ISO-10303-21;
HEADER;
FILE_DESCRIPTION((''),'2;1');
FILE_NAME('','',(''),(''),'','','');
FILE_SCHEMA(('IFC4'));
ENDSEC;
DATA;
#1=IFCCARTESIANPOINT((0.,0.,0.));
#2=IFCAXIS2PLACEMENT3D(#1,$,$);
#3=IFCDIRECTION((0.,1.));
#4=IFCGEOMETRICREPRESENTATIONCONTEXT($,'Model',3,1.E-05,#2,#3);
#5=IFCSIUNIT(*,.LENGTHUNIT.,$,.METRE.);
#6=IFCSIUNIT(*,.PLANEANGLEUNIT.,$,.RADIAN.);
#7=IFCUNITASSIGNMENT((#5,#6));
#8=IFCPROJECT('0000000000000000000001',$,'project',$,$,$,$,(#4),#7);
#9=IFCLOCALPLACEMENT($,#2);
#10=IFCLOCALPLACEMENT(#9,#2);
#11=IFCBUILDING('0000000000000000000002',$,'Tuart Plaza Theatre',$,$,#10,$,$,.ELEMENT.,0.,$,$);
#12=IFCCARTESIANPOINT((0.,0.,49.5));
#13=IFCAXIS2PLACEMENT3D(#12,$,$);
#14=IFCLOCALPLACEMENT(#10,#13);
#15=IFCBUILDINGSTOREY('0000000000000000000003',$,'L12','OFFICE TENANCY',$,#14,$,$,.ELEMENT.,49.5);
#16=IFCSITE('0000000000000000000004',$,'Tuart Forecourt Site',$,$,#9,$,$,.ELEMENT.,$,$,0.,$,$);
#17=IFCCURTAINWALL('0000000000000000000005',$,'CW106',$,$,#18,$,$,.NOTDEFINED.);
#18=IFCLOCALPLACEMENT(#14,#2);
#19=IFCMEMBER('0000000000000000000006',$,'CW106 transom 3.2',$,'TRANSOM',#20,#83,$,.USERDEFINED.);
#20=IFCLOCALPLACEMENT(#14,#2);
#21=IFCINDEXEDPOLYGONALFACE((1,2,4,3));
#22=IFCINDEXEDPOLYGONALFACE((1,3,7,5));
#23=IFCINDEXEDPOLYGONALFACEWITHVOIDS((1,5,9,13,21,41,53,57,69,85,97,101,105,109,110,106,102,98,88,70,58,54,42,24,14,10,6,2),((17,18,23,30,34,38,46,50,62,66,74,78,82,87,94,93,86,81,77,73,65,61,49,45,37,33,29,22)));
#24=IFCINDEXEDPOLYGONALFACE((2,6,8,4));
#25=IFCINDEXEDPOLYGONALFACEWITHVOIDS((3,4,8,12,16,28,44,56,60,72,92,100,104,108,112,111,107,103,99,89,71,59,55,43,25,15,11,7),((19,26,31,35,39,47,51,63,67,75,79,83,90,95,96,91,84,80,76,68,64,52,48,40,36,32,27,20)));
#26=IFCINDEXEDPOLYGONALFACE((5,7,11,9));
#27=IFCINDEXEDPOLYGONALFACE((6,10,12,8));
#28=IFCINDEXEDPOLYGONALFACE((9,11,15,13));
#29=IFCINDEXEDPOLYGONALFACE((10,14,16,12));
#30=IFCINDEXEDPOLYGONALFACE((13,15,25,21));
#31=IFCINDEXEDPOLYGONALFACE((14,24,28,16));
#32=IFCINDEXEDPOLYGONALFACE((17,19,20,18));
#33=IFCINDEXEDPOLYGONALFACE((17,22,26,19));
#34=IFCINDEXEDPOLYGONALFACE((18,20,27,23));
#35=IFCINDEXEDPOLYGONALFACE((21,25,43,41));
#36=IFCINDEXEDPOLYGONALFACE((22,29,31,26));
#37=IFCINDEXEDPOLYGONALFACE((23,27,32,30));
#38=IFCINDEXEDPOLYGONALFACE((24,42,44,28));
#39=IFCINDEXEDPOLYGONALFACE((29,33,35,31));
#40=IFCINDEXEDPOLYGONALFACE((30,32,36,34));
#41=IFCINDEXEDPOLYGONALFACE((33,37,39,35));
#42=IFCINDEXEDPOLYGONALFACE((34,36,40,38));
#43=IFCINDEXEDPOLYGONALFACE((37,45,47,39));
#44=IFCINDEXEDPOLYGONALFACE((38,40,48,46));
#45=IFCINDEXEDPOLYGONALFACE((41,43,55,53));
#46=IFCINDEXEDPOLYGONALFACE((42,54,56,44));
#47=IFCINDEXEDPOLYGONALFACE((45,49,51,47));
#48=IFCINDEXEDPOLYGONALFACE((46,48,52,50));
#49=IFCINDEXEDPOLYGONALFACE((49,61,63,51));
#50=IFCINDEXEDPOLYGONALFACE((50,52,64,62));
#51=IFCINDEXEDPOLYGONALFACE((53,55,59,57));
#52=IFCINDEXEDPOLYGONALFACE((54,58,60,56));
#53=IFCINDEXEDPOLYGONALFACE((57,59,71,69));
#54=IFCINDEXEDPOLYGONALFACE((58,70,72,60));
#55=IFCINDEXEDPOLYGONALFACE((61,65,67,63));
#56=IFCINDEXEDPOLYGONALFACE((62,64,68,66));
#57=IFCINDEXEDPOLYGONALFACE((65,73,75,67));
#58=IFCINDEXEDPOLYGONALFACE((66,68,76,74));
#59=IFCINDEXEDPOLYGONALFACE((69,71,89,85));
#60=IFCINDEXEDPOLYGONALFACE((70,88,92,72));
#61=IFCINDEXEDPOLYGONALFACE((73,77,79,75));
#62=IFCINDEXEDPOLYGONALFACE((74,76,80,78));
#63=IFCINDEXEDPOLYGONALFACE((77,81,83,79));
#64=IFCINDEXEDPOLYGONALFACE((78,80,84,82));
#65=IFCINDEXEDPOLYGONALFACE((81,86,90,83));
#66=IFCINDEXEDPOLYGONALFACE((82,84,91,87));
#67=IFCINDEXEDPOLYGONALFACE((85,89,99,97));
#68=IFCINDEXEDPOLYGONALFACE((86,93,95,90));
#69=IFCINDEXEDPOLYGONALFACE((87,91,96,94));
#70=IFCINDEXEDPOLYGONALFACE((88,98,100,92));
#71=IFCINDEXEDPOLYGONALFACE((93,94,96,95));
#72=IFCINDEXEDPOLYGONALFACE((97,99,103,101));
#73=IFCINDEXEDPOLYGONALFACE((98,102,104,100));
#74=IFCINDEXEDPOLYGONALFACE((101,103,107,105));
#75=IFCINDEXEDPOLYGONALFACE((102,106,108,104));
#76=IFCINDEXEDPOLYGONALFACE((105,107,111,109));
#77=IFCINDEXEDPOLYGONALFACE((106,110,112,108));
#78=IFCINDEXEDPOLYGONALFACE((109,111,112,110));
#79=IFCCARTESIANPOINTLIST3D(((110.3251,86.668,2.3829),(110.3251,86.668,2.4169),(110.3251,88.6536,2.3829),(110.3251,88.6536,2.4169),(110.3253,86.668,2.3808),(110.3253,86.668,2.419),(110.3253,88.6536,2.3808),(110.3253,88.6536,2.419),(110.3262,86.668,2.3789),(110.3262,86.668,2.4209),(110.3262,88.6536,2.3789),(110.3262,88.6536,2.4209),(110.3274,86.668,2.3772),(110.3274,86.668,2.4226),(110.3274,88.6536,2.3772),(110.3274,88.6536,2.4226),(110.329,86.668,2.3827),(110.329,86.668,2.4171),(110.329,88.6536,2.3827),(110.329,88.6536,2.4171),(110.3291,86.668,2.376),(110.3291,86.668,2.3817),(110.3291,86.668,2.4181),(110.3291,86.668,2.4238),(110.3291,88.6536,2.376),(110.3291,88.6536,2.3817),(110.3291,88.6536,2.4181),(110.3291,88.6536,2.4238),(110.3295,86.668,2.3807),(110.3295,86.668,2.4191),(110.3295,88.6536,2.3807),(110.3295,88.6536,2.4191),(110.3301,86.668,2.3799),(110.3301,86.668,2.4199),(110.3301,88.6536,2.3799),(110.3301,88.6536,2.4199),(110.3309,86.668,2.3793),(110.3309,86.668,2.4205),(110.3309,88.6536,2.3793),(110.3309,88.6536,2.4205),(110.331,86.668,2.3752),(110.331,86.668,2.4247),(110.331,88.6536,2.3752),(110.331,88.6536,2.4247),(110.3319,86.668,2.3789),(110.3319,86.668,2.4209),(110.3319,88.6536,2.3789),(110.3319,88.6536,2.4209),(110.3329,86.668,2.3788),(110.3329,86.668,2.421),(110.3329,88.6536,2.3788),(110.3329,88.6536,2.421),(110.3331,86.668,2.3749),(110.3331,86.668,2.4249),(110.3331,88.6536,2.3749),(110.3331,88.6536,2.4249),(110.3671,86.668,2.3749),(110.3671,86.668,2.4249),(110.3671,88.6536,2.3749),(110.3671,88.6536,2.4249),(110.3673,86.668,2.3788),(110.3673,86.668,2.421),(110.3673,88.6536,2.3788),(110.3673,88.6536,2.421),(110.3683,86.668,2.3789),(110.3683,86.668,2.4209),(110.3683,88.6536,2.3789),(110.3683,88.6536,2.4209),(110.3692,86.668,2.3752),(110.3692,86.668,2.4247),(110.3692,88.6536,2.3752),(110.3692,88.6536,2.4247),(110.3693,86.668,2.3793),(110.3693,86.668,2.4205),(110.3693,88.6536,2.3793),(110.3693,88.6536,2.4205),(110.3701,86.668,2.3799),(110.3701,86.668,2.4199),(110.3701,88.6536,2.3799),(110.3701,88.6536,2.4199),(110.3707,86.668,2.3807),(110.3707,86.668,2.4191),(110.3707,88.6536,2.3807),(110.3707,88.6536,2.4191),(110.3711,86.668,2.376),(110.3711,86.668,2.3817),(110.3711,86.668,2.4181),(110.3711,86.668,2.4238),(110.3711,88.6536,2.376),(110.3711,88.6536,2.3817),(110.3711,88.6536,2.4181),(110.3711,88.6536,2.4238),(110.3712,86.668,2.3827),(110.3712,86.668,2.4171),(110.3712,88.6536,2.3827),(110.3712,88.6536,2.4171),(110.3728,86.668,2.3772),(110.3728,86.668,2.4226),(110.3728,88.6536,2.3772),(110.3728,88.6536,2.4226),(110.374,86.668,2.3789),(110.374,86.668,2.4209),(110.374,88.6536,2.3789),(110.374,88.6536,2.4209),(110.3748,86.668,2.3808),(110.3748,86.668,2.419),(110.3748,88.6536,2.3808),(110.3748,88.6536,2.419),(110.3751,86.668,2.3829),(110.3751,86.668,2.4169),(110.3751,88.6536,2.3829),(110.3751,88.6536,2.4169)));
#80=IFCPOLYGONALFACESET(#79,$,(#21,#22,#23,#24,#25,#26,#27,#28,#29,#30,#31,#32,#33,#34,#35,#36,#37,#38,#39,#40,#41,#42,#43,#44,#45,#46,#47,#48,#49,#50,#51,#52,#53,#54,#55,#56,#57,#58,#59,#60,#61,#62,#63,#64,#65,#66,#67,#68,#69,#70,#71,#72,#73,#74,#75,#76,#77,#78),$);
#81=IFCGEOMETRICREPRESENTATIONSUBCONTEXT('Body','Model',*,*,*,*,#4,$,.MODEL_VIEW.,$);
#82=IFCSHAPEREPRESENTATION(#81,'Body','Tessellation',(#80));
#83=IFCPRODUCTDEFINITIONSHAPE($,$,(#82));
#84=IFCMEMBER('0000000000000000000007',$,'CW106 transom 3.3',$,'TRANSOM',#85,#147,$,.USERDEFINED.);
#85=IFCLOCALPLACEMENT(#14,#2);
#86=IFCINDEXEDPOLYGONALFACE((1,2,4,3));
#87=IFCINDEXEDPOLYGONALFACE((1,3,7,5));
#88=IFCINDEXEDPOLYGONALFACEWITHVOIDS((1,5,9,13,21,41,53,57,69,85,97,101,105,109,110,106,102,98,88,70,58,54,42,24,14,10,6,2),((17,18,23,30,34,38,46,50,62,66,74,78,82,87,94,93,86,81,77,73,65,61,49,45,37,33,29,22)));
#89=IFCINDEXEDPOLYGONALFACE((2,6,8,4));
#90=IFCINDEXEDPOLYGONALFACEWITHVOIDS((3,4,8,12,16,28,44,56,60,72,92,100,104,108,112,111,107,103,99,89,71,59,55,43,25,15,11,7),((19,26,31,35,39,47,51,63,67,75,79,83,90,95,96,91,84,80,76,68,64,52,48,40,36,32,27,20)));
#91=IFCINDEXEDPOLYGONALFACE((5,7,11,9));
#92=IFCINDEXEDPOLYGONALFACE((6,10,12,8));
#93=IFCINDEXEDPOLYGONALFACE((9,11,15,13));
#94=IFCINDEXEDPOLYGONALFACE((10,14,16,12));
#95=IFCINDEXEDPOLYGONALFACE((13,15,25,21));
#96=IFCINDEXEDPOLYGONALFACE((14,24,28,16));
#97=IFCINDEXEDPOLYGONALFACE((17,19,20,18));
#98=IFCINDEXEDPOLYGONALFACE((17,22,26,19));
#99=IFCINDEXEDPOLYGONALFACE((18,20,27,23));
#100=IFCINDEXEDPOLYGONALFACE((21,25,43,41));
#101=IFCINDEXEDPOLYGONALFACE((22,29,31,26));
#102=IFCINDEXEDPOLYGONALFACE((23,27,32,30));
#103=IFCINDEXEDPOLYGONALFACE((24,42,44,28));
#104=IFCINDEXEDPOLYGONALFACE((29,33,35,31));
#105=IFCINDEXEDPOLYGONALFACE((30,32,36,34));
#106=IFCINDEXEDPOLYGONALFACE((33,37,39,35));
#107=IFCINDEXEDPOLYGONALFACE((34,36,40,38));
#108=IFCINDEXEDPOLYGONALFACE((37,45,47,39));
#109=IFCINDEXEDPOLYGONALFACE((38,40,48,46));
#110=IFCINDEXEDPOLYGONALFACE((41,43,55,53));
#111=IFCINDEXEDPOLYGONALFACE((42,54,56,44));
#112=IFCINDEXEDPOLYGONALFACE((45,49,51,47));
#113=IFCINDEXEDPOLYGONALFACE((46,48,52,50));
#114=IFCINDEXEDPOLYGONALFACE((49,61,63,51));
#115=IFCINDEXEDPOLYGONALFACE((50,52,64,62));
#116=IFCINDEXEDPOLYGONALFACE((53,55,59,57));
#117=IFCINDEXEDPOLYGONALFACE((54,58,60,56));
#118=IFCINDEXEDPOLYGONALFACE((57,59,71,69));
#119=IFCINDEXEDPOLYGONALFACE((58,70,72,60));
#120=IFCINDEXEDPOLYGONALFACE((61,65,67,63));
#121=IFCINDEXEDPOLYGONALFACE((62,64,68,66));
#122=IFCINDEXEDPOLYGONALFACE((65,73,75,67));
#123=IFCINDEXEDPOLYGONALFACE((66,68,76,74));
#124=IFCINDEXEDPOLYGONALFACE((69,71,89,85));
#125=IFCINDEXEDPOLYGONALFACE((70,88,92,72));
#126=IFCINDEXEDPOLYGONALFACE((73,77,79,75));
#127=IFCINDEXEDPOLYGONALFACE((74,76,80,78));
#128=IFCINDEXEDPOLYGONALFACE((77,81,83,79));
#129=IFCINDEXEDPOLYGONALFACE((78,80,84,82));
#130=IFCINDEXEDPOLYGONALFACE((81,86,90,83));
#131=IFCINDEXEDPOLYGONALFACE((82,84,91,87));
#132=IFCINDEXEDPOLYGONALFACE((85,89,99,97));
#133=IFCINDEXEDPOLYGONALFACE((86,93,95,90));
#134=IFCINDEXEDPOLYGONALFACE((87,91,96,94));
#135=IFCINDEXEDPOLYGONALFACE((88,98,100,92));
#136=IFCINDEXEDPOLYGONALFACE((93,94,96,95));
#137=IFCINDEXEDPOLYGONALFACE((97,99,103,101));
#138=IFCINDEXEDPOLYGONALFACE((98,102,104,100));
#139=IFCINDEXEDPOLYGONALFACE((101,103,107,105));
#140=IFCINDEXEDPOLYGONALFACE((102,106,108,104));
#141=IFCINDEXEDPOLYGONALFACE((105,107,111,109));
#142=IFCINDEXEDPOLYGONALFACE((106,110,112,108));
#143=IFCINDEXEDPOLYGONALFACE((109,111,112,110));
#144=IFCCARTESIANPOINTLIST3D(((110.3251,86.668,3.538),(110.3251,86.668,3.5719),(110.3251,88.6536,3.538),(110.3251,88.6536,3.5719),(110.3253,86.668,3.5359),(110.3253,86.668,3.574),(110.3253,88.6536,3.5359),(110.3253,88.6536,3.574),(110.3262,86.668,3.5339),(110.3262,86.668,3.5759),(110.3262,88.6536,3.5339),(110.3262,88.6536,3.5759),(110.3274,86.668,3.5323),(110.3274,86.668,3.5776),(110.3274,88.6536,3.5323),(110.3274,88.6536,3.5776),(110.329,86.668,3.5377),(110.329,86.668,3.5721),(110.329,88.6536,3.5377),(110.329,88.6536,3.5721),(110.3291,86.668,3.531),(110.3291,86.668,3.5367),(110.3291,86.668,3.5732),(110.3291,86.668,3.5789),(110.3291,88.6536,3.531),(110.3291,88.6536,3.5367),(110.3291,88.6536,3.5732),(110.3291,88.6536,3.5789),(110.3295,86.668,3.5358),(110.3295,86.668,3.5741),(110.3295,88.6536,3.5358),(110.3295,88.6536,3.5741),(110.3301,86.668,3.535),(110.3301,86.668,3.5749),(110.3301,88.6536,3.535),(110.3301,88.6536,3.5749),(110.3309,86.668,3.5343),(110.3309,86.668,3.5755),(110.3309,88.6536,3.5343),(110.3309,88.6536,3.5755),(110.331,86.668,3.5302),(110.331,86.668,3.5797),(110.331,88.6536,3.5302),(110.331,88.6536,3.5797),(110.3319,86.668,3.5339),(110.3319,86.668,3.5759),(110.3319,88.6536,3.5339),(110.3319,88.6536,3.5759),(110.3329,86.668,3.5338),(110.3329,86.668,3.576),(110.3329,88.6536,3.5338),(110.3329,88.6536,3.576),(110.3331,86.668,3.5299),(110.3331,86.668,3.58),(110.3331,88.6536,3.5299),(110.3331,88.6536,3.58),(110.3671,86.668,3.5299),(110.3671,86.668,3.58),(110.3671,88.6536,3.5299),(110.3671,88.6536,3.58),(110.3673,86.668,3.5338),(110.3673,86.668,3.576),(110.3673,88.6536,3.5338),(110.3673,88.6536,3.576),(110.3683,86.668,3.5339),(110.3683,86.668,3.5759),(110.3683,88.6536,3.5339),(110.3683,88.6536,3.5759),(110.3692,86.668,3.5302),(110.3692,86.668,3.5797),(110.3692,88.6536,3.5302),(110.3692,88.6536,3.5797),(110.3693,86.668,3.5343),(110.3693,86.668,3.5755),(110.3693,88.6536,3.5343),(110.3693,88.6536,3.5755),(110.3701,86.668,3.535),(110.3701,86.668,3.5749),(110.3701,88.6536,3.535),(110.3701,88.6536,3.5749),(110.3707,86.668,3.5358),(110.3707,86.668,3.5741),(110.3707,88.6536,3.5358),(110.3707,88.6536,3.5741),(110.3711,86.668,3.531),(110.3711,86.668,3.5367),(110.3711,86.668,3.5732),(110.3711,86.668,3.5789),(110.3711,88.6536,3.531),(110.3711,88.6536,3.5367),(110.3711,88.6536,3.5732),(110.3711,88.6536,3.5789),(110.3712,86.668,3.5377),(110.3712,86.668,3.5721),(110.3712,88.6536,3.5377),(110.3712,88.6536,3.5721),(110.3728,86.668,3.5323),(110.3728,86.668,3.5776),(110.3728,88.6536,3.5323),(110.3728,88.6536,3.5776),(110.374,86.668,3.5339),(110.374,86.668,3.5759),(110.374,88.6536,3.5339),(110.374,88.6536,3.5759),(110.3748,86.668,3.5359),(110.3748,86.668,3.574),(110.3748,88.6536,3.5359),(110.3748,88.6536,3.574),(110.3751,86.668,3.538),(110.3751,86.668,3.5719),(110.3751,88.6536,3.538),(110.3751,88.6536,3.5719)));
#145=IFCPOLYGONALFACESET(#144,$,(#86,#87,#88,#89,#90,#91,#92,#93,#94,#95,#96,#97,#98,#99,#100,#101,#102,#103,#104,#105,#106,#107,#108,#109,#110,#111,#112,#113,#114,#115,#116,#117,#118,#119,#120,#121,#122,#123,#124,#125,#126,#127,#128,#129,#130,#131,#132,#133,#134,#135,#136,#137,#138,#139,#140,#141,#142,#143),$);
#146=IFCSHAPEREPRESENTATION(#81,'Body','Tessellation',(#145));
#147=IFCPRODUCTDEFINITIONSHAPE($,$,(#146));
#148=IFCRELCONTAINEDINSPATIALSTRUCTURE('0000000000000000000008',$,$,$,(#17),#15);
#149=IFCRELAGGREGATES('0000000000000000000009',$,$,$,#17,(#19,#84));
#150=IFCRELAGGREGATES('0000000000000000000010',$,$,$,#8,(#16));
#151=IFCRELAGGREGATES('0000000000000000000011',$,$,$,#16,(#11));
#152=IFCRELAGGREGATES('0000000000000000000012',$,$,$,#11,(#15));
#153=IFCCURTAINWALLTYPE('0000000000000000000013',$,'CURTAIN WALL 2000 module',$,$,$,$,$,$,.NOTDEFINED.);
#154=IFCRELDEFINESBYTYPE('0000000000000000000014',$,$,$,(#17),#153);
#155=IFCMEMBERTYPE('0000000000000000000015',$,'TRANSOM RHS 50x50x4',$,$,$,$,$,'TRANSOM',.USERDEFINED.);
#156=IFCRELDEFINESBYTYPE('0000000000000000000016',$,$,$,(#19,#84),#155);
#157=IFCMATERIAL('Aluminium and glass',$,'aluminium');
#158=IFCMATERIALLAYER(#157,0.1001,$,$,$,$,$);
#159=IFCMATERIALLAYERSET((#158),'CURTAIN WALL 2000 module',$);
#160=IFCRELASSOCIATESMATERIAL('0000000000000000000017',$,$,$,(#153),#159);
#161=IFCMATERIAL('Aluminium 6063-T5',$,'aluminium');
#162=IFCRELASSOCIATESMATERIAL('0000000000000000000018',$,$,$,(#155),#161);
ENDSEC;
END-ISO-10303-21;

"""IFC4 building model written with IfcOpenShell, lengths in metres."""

from ifc_helpers import new_model, si_unit, direction, frame, origin, origin_2d, place, context, subcontext, project, spatial, hollow_rectangle, extrude, material, layer, layer_set, material_profile, profile_set, type_object, element, aggregate, save


model = new_model("IFC4")

# Units and contexts
model_context = context("Model", 3, precision=1e-05, world=origin(), true_north=direction((0.0, 1.0)))
body_context = subcontext(model_context, "Body", "Model", "MODEL_VIEW")
ifc_project = project(units=[si_unit("LENGTHUNIT", "METRE"), si_unit("PLANEANGLEUNIT", "RADIAN")], contexts=[model_context])

# Site, building, storey
site_placement = place(None, origin())
site = spatial("IfcSite", under=ifc_project, at=site_placement, Name="Tuart Forecourt Site", CompositionType="ELEMENT", RefElevation=0.0)
building_placement = place(site_placement, origin())
building = spatial("IfcBuilding", under=site, at=building_placement, Name="Tuart Plaza Theatre", CompositionType="ELEMENT", ElevationOfRefHeight=0.0)
storey_placement = place(building_placement, frame((0.0, 0.0, 49.5)))
storey = spatial("IfcBuildingStorey", under=building, at=storey_placement, Name="L12", Description="OFFICE TENANCY", CompositionType="ELEMENT", Elevation=49.5)

# Curtain wall, members
ifc_material_1 = material(Name="Aluminium and glass", Category="aluminium")
ifc_layer_1 = layer(ifc_material_1, 0.1001)
ifc_layer_set_1 = layer_set([ifc_layer_1], Name="CURTAIN WALL 2000 module")
curtain_wall_type = type_object("IfcCurtainWallType", Name="CURTAIN WALL 2000 module", PredefinedType="NOTDEFINED", material=ifc_layer_set_1)
curtain_wall_placement = place(storey_placement, origin())
curtain_wall = element("IfcCurtainWall", 1, at=curtain_wall_placement, inside=storey, type_object=curtain_wall_type, Name="CW106", PredefinedType="NOTDEFINED")
ifc_material_2 = material(Name="Aluminium 6063-T5", Category="aluminium")
ifc_material_profile_1 = material_profile(ifc_material_2, hollow_rectangle(XDim=0.05, YDim=0.05, WallThickness=0.0039, InnerFilletRadius=0.0039, OuterFilletRadius=0.0081, at=origin_2d()), Name="RHS 50x50x4")
ifc_profile_set_1 = profile_set([ifc_material_profile_1], Name="Aluminium 6063-T5")
member_type_1 = type_object("IfcMemberType", Name="TRANSOM RHS 50x50x4", ElementType="TRANSOM", PredefinedType="USERDEFINED", material=ifc_profile_set_1)
member_1_placement = place(storey_placement, frame((110.3501, 88.6536, 2.3999), z_axis=(0.0, -1.0, 0.0), x_axis=(1.0, 0.0, 0.0)))
member_1 = element("IfcMember", 2, at=member_1_placement, type_object=member_type_1, Name="CW106 transom 3.2", ObjectType="TRANSOM", PredefinedType="USERDEFINED", context=body_context, shape_type="SweptSolid", body=[
    extrude(hollow_rectangle(XDim=0.05, YDim=0.05, WallThickness=0.0039, InnerFilletRadius=0.0039, OuterFilletRadius=0.0081, at=origin_2d()), origin(), (0.0, 0.0, 1.0), 1.9856),
])
member_2_placement = place(storey_placement, frame((110.3501, 88.6536, 3.5549), z_axis=(0.0, -1.0, 0.0), x_axis=(1.0, 0.0, 0.0)))
member_2 = element("IfcMember", 3, at=member_2_placement, type_object=member_type_1, Name="CW106 transom 3.3", ObjectType="TRANSOM", PredefinedType="USERDEFINED", context=body_context, shape_type="SweptSolid", body=[
    extrude(hollow_rectangle(XDim=0.05, YDim=0.05, WallThickness=0.0039, InnerFilletRadius=0.0039, OuterFilletRadius=0.0081, at=origin_2d()), origin(), (0.0, 0.0, 1.0), 1.9856),
])
aggregate(curtain_wall, [member_1, member_2])

save(model, "model.ifc")
